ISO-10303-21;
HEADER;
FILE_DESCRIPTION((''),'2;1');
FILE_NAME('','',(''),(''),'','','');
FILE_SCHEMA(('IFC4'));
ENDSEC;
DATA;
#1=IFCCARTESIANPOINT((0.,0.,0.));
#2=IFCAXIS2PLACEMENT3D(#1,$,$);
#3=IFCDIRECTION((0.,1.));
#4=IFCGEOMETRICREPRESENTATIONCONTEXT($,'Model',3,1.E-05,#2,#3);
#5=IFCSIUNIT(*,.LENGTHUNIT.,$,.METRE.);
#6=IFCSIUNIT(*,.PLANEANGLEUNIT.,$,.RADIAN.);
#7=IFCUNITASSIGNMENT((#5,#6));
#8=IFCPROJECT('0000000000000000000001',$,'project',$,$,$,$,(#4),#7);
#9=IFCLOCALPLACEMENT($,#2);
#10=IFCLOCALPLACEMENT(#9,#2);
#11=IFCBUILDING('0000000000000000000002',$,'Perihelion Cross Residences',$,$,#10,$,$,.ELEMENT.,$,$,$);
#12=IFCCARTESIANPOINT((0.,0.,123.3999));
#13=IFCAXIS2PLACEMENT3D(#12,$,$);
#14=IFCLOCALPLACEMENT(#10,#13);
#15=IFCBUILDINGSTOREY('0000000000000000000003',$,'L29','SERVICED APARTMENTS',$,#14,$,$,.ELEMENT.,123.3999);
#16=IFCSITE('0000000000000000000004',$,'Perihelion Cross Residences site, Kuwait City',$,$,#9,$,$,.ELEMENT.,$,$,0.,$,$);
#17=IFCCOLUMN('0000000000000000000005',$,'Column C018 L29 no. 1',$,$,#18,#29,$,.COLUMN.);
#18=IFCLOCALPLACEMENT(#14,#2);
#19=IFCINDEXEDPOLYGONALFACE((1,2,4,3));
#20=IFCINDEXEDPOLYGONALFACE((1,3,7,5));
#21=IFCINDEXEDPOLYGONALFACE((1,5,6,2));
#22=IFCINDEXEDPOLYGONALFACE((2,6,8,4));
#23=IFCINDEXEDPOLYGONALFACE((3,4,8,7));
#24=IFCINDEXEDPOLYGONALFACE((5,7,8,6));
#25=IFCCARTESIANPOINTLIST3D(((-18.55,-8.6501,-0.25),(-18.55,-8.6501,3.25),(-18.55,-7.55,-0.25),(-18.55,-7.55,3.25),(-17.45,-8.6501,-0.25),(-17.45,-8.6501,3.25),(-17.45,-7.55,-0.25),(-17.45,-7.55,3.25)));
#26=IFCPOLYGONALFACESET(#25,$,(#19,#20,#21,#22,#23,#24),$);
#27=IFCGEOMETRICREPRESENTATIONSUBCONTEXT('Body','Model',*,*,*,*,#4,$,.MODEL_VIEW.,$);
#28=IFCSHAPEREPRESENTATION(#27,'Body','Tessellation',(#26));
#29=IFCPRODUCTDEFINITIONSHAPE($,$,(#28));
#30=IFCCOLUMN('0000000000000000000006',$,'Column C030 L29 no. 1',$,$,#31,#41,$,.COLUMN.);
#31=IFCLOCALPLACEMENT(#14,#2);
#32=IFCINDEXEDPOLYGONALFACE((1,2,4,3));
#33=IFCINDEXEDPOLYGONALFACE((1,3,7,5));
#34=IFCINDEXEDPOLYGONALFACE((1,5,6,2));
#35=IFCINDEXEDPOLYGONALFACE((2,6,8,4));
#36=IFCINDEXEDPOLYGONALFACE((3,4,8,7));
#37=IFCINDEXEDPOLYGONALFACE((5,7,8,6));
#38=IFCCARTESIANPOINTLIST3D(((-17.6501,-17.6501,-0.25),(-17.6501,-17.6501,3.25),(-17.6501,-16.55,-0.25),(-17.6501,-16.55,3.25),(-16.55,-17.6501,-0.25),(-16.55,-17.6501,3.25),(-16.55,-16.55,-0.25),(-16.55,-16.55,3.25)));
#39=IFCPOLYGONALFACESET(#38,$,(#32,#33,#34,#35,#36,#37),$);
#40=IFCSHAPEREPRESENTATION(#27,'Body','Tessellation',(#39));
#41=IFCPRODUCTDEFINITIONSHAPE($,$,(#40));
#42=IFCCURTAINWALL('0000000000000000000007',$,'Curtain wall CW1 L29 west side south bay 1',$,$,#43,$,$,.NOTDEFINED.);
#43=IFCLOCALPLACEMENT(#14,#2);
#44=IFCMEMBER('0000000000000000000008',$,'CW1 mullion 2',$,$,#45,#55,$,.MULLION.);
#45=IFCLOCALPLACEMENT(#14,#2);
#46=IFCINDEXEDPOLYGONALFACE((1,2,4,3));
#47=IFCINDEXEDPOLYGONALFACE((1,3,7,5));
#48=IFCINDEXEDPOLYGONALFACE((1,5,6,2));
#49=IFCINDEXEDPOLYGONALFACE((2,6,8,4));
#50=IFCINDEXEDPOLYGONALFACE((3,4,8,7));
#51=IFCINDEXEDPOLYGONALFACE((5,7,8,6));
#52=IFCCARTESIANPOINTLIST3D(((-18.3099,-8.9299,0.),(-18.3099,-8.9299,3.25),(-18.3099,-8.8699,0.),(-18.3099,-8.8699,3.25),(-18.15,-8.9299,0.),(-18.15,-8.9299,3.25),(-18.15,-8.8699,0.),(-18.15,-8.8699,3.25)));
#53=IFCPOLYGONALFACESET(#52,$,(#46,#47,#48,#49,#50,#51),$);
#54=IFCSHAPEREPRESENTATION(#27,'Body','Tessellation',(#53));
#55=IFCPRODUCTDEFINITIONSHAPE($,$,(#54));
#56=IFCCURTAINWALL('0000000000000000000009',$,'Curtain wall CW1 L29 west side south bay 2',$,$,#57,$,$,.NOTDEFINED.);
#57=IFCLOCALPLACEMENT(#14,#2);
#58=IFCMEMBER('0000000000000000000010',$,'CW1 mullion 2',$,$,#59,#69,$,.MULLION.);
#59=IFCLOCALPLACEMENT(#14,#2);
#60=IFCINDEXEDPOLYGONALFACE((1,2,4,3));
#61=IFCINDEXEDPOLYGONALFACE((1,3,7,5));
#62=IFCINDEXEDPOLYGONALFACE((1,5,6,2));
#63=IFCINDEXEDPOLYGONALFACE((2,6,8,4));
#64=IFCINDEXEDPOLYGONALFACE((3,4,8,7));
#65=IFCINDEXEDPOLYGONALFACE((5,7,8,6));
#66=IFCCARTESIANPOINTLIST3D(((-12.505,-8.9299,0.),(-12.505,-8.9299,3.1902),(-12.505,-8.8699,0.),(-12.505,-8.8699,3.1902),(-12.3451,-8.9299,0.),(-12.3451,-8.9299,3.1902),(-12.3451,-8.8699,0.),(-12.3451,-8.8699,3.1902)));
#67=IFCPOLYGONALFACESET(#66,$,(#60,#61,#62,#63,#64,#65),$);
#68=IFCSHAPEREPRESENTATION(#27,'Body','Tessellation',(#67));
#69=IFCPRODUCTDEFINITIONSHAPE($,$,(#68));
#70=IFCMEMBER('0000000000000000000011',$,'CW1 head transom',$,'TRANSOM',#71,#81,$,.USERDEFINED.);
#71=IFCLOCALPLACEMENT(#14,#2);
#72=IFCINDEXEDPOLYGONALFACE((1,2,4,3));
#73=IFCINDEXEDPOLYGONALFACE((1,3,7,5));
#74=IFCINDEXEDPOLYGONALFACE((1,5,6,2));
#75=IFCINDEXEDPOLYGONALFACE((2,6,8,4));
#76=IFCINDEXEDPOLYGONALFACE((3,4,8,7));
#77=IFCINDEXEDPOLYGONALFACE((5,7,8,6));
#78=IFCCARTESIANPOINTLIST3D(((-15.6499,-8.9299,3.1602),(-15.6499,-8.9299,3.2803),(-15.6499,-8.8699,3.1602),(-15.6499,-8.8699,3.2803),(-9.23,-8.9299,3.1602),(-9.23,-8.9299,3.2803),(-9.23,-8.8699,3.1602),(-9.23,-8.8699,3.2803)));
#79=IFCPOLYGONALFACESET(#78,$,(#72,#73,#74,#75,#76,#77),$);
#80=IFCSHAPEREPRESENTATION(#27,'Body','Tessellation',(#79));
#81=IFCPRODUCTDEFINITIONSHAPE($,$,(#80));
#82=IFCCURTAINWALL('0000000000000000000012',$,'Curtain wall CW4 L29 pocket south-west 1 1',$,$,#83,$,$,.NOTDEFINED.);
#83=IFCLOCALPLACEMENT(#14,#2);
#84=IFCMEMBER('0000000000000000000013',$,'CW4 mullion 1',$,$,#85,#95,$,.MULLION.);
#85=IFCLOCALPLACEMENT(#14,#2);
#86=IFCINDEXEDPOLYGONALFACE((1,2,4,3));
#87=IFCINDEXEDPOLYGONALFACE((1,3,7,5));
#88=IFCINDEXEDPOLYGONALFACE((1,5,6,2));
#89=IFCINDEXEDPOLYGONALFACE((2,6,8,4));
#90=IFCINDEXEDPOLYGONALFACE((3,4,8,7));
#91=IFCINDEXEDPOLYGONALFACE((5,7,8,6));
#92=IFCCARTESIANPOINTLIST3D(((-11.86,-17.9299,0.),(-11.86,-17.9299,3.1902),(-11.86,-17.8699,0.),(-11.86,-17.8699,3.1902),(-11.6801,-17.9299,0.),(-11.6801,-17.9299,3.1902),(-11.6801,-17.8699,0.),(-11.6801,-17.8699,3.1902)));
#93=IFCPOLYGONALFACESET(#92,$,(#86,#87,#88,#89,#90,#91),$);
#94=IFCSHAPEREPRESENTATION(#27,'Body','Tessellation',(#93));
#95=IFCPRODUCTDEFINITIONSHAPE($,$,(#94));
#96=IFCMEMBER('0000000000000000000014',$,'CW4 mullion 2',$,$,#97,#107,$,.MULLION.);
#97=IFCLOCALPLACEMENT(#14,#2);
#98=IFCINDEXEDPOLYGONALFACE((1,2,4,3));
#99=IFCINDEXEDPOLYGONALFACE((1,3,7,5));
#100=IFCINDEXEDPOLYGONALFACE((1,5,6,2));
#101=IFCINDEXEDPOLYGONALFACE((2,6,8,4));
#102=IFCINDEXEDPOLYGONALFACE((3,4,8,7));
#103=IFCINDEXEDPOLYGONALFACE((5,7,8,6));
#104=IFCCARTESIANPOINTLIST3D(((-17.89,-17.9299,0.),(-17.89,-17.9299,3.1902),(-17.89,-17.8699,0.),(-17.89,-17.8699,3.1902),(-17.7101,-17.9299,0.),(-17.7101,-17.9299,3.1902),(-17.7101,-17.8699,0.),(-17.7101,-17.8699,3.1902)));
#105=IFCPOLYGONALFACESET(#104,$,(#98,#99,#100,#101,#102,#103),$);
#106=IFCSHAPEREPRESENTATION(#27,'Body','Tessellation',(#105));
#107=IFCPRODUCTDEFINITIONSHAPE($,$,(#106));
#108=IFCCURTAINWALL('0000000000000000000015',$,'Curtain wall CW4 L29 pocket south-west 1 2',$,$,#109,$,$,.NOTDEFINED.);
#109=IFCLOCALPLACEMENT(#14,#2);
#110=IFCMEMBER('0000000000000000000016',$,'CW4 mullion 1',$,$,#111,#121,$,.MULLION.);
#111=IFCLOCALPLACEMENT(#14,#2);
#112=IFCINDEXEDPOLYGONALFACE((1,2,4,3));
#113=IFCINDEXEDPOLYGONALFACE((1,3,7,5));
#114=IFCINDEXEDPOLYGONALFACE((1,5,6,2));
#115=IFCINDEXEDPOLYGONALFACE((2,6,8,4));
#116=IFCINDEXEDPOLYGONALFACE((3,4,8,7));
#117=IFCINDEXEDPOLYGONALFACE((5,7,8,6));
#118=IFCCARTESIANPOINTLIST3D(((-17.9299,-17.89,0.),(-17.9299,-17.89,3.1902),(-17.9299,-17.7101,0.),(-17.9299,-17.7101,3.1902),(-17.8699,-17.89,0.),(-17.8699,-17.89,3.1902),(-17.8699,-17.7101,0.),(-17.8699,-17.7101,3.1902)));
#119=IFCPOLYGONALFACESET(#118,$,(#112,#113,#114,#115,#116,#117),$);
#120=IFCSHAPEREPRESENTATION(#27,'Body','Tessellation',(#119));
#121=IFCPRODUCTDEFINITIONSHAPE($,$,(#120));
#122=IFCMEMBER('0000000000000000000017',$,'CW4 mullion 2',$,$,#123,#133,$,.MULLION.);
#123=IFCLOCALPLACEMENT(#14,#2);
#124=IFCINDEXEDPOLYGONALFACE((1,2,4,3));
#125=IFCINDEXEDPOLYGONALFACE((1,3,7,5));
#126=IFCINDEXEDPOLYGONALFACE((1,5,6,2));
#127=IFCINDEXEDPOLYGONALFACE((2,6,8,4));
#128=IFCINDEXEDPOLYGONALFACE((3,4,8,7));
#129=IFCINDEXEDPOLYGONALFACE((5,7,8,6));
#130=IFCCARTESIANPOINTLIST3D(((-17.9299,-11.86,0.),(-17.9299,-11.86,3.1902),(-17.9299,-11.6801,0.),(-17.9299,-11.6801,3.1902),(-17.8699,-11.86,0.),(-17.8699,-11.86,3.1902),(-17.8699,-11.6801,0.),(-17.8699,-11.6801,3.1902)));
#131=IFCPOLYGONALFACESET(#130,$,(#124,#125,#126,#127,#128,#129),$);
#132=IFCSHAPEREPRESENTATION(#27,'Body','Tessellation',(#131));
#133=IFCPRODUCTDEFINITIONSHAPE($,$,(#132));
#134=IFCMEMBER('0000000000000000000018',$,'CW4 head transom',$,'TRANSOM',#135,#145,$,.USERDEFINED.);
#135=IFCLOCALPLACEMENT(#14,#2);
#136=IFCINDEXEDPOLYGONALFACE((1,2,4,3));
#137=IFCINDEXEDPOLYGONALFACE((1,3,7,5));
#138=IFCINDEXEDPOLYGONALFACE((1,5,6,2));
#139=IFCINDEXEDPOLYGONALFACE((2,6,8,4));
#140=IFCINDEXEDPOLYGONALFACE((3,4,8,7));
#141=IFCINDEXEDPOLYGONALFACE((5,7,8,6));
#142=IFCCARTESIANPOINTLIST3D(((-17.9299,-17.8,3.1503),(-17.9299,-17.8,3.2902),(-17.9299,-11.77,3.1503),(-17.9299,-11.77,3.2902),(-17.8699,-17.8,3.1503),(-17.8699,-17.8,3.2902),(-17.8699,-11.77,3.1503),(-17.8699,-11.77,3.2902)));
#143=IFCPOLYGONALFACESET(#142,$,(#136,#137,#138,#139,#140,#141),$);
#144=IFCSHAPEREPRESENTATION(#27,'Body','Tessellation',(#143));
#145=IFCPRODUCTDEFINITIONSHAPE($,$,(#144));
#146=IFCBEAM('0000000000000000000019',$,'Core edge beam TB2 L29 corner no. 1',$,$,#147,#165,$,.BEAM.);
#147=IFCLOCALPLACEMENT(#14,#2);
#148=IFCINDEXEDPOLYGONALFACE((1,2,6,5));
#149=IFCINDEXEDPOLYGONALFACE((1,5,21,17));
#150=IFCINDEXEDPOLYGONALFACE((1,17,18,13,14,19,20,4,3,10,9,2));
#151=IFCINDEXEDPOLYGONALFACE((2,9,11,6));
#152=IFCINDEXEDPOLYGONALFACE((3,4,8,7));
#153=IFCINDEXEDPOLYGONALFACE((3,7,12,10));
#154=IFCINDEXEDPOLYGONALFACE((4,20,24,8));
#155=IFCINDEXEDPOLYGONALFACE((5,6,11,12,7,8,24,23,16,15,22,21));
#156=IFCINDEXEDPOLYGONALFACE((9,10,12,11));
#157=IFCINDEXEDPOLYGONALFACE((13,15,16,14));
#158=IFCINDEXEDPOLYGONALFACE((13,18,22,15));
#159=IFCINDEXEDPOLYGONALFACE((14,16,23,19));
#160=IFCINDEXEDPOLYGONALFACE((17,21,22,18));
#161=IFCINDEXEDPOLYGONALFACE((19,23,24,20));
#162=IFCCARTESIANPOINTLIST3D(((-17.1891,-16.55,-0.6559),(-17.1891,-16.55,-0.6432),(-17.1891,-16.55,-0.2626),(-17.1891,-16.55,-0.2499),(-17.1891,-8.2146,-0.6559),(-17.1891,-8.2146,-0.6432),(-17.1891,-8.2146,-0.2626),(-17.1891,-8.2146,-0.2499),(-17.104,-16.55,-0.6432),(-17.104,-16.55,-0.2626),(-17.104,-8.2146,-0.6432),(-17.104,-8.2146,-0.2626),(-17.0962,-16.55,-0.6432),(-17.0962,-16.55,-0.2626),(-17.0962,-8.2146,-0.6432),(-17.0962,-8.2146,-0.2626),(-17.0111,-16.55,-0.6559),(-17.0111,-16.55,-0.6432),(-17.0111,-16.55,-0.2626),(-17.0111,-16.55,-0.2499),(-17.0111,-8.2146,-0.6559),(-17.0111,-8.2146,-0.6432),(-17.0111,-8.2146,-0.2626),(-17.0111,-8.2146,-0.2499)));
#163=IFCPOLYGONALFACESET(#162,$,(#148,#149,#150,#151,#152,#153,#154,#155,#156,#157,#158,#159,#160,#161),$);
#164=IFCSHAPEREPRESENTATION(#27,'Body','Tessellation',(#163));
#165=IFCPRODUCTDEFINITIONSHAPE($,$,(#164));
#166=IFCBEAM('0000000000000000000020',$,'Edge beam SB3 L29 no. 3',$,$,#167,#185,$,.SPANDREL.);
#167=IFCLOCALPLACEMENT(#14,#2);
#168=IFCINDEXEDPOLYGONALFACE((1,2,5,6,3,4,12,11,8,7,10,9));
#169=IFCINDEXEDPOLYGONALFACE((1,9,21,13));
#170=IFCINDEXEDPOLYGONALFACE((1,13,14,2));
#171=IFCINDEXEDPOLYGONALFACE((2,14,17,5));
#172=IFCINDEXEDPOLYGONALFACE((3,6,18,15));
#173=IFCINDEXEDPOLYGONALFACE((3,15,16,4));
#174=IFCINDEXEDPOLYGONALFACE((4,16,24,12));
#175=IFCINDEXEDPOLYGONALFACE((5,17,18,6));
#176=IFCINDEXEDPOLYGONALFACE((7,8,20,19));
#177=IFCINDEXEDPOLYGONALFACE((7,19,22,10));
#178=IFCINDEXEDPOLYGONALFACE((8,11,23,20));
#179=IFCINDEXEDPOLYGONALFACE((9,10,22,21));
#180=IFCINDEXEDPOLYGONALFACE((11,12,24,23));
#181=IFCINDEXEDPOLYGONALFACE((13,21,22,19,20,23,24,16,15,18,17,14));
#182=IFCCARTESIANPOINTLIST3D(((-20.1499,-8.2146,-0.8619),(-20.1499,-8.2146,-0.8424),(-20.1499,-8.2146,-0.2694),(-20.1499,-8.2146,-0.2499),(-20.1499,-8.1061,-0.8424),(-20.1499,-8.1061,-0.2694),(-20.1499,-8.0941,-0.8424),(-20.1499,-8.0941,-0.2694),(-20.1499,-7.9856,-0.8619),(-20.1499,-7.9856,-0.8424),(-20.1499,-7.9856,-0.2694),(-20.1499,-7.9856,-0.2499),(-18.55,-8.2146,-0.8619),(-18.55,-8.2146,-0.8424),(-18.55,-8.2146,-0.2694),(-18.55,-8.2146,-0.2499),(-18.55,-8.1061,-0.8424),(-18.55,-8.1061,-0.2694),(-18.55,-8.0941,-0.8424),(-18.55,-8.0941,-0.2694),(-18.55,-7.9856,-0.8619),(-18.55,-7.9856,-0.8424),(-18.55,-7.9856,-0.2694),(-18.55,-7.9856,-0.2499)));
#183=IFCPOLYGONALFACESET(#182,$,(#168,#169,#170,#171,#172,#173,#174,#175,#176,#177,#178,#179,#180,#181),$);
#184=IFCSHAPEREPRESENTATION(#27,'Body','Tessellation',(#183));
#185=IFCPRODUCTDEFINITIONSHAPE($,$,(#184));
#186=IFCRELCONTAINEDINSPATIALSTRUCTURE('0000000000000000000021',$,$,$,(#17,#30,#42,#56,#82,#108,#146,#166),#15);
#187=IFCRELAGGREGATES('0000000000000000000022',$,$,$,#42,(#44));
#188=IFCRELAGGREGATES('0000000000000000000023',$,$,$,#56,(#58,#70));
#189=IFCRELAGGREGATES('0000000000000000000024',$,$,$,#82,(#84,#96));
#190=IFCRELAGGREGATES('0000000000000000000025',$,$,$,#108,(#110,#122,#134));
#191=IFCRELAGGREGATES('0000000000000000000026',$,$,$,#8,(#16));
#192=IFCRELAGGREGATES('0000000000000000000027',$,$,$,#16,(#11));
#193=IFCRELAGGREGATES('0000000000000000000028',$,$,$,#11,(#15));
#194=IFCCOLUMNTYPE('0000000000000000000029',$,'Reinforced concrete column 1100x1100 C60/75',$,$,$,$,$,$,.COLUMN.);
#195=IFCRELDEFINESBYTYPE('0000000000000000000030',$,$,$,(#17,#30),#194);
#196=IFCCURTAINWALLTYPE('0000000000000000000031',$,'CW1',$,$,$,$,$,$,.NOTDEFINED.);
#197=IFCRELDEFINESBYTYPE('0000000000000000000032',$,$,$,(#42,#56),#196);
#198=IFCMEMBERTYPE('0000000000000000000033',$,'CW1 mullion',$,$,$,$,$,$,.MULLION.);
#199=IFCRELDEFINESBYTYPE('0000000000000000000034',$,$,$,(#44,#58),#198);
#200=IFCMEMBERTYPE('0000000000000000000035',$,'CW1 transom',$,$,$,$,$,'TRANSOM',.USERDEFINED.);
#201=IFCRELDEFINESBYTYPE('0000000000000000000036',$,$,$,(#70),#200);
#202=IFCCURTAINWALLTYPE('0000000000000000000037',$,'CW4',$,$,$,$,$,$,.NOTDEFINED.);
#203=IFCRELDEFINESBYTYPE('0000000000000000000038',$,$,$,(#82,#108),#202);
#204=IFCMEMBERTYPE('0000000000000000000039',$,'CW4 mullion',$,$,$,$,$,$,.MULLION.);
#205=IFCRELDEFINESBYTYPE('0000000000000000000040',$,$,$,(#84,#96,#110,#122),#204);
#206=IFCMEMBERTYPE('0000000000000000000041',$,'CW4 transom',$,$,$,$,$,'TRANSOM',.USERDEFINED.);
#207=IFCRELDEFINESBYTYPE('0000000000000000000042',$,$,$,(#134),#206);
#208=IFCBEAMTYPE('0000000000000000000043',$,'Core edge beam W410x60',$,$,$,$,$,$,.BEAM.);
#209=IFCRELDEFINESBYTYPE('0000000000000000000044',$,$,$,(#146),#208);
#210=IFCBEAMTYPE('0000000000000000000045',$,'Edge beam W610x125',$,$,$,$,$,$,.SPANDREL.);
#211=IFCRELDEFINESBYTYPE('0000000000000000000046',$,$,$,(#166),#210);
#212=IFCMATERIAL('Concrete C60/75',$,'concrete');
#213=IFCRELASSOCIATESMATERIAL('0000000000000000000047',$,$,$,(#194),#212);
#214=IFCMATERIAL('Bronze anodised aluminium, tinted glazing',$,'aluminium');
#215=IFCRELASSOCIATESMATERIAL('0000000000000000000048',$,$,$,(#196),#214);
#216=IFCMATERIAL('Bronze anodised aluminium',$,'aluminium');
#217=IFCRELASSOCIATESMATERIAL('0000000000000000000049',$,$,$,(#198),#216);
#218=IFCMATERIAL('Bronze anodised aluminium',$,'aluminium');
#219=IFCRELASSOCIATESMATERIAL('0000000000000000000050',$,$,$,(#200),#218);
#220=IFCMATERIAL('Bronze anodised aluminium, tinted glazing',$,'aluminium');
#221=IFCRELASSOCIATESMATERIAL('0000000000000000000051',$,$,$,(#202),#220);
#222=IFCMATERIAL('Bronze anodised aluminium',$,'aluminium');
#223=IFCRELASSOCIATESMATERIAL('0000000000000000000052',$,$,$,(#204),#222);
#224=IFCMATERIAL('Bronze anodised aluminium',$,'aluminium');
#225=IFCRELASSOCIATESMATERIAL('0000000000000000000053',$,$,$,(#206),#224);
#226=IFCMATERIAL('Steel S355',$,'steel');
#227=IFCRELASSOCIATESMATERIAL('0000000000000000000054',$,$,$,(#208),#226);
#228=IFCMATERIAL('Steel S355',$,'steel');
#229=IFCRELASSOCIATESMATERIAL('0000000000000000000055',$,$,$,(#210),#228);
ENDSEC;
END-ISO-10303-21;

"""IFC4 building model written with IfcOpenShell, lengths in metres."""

from ifc_helpers import new_model, si_unit, direction, frame, origin, origin_2d, place, context, subcontext, project, spatial, rectangle, i_section, extrude, material, material_profile, profile_set, type_object, element, aggregate, save


model = new_model("IFC4")

# Units and contexts
model_context = context("Model", 3, precision=1e-05, world=origin(), true_north=direction((0.0, 1.0)))
body_context = subcontext(model_context, "Body", "Model", "MODEL_VIEW")
ifc_project = project(units=[si_unit("LENGTHUNIT", "METRE"), si_unit("PLANEANGLEUNIT", "RADIAN")], contexts=[model_context])

# Site, building, storey
site_placement = place(None, origin())
site = spatial("IfcSite", under=ifc_project, at=site_placement, Name="Perihelion Cross Residences site, Kuwait City", CompositionType="ELEMENT", RefElevation=0.0)
building_placement = place(site_placement, origin())
building = spatial("IfcBuilding", under=site, at=building_placement, Name="Perihelion Cross Residences", CompositionType="ELEMENT")
storey_placement = place(building_placement, frame((0.0, 0.0, 123.3999)))
storey = spatial("IfcBuildingStorey", under=building, at=storey_placement, Name="L29", Description="SERVICED APARTMENTS", CompositionType="ELEMENT", Elevation=123.3999)

# Columns
ifc_material_1 = material(Name="Concrete C60/75", Category="concrete")
ifc_material_profile_1 = material_profile(ifc_material_1, rectangle(XDim=1.1001, YDim=1.1001, at=origin_2d()), Name="RC 1100x1100")
ifc_profile_set_1 = profile_set([ifc_material_profile_1], Name="Concrete C60/75")
column_type = type_object("IfcColumnType", Name="Reinforced concrete column 1100x1100 C60/75", PredefinedType="COLUMN", material=ifc_profile_set_1)
for number, where, z_axis, x_axis, name in (
    (1, (-18.0, -8.1001, -0.25), (0.0, 0.0, 1.0), (1.0, 0.0, 0.0), "Column C018 L29 no. 1"),
    (2, (-17.1001, -17.1001, -0.25), (0.0, 0.0, 1.0), (1.0, 0.0, 0.0), "Column C030 L29 no. 1"),
):
    element("IfcColumn", number, at=place(storey_placement, frame(where, z_axis=z_axis, x_axis=x_axis)), inside=storey, type_object=column_type, Name=name, PredefinedType="COLUMN", context=body_context, shape_type="SweptSolid", body=[
        extrude(rectangle(XDim=1.1001, YDim=1.1001, at=origin_2d()), origin(), (0.0, 0.0, 1.0), 3.5),
    ])

# Curtain wall, member
ifc_material_2 = material(Name="Bronze anodised aluminium, tinted glazing", Category="aluminium")
curtain_wall_type_1 = type_object("IfcCurtainWallType", Name="CW1", PredefinedType="NOTDEFINED", material=ifc_material_2)
curtain_wall_1_placement = place(storey_placement, origin())
curtain_wall_1 = element("IfcCurtainWall", 3, at=curtain_wall_1_placement, inside=storey, type_object=curtain_wall_type_1, Name="Curtain wall CW1 L29 west side south bay 1", PredefinedType="NOTDEFINED")
ifc_material_3 = material(Name="Bronze anodised aluminium", Category="aluminium")
ifc_material_profile_2 = material_profile(ifc_material_3, rectangle(XDim=0.0601, YDim=0.1599, at=origin_2d()), Name="CW1 mullion")
ifc_profile_set_2 = profile_set([ifc_material_profile_2], Name="Bronze anodised aluminium")
member_type_1 = type_object("IfcMemberType", Name="CW1 mullion", PredefinedType="MULLION", material=ifc_profile_set_2)
member_1_placement = place(storey_placement, frame((-18.23, -8.8999, 0.0), z_axis=(0.0, 0.0, 1.0), x_axis=(0.0, 1.0, 0.0)))
member_1 = element("IfcMember", 4, at=member_1_placement, type_object=member_type_1, Name="CW1 mullion 2", PredefinedType="MULLION", context=body_context, shape_type="SweptSolid", body=[
    extrude(rectangle(XDim=0.0601, YDim=0.1599, at=origin_2d()), origin(), (0.0, 0.0, 1.0), 3.25),
])

# Curtain walls, members
curtain_wall_2_placement = place(storey_placement, origin())
curtain_wall_2 = element("IfcCurtainWall", 5, at=curtain_wall_2_placement, inside=storey, type_object=curtain_wall_type_1, Name="Curtain wall CW1 L29 west side south bay 2", PredefinedType="NOTDEFINED")
member_2_placement = place(storey_placement, frame((-12.425, -8.8999, 0.0), z_axis=(0.0, 0.0, 1.0), x_axis=(0.0, 1.0, 0.0)))
member_2 = element("IfcMember", 6, at=member_2_placement, type_object=member_type_1, Name="CW1 mullion 2", PredefinedType="MULLION", context=body_context, shape_type="SweptSolid", body=[
    extrude(rectangle(XDim=0.0601, YDim=0.1599, at=origin_2d()), origin(), (0.0, 0.0, 1.0), 3.1902),
])
ifc_material_4 = material(Name="Bronze anodised aluminium", Category="aluminium")
ifc_material_profile_3 = material_profile(ifc_material_4, rectangle(XDim=0.0601, YDim=0.1201, at=origin_2d()), Name="CW1 transom")
ifc_profile_set_3 = profile_set([ifc_material_profile_3], Name="Bronze anodised aluminium")
member_type_2 = type_object("IfcMemberType", Name="CW1 transom", ElementType="TRANSOM", PredefinedType="USERDEFINED", material=ifc_profile_set_3)
member_3_placement = place(storey_placement, frame((-15.6499, -8.8999, 3.2202), z_axis=(1.0, 0.0, 0.0), x_axis=(0.0, 1.0, 0.0)))
member_3 = element("IfcMember", 7, at=member_3_placement, type_object=member_type_2, Name="CW1 head transom", ObjectType="TRANSOM", PredefinedType="USERDEFINED", context=body_context, shape_type="SweptSolid", body=[
    extrude(rectangle(XDim=0.0601, YDim=0.1201, at=origin_2d()), origin(), (0.0, 0.0, 1.0), 6.4199),
])
ifc_material_5 = material(Name="Bronze anodised aluminium, tinted glazing", Category="aluminium")
curtain_wall_type_2 = type_object("IfcCurtainWallType", Name="CW4", PredefinedType="NOTDEFINED", material=ifc_material_5)
curtain_wall_3_placement = place(storey_placement, origin())
curtain_wall_3 = element("IfcCurtainWall", 8, at=curtain_wall_3_placement, inside=storey, type_object=curtain_wall_type_2, Name="Curtain wall CW4 L29 pocket south-west 1 1", PredefinedType="NOTDEFINED")
ifc_material_6 = material(Name="Bronze anodised aluminium", Category="aluminium")
ifc_material_profile_4 = material_profile(ifc_material_6, rectangle(XDim=0.0601, YDim=0.1799, at=origin_2d()), Name="CW4 mullion")
ifc_profile_set_4 = profile_set([ifc_material_profile_4], Name="Bronze anodised aluminium")
member_type_3 = type_object("IfcMemberType", Name="CW4 mullion", PredefinedType="MULLION", material=ifc_profile_set_4)
member_4_placement = place(storey_placement, frame((-11.77, -17.8999, 0.0), z_axis=(0.0, 0.0, 1.0), x_axis=(0.0, -1.0, 0.0)))
member_4 = element("IfcMember", 9, at=member_4_placement, type_object=member_type_3, Name="CW4 mullion 1", PredefinedType="MULLION", context=body_context, shape_type="SweptSolid", body=[
    extrude(rectangle(XDim=0.0601, YDim=0.1799, at=origin_2d()), origin(), (0.0, 0.0, 1.0), 3.1902),
])
member_5_placement = place(storey_placement, frame((-17.8, -17.8999, 0.0), z_axis=(0.0, 0.0, 1.0), x_axis=(0.0, -1.0, 0.0)))
member_5 = element("IfcMember", 10, at=member_5_placement, type_object=member_type_3, Name="CW4 mullion 2", PredefinedType="MULLION", context=body_context, shape_type="SweptSolid", body=[
    extrude(rectangle(XDim=0.0601, YDim=0.1799, at=origin_2d()), origin(), (0.0, 0.0, 1.0), 3.1902),
])
curtain_wall_4_placement = place(storey_placement, origin())
curtain_wall_4 = element("IfcCurtainWall", 11, at=curtain_wall_4_placement, inside=storey, type_object=curtain_wall_type_2, Name="Curtain wall CW4 L29 pocket south-west 1 2", PredefinedType="NOTDEFINED")
member_6_placement = place(storey_placement, frame((-17.8999, -17.8, 0.0), z_axis=(0.0, 0.0, 1.0), x_axis=(-1.0, 0.0, 0.0)))
member_6 = element("IfcMember", 12, at=member_6_placement, type_object=member_type_3, Name="CW4 mullion 1", PredefinedType="MULLION", context=body_context, shape_type="SweptSolid", body=[
    extrude(rectangle(XDim=0.0601, YDim=0.1799, at=origin_2d()), origin(), (0.0, 0.0, 1.0), 3.1902),
])
member_7_placement = place(storey_placement, frame((-17.8999, -11.77, 0.0), z_axis=(0.0, 0.0, 1.0), x_axis=(-1.0, 0.0, 0.0)))
member_7 = element("IfcMember", 13, at=member_7_placement, type_object=member_type_3, Name="CW4 mullion 2", PredefinedType="MULLION", context=body_context, shape_type="SweptSolid", body=[
    extrude(rectangle(XDim=0.0601, YDim=0.1799, at=origin_2d()), origin(), (0.0, 0.0, 1.0), 3.1902),
])
ifc_material_7 = material(Name="Bronze anodised aluminium", Category="aluminium")
ifc_material_profile_5 = material_profile(ifc_material_7, rectangle(XDim=0.0601, YDim=0.1399, at=origin_2d()), Name="CW4 transom")
ifc_profile_set_5 = profile_set([ifc_material_profile_5], Name="Bronze anodised aluminium")
member_type_4 = type_object("IfcMemberType", Name="CW4 transom", ElementType="TRANSOM", PredefinedType="USERDEFINED", material=ifc_profile_set_5)
member_8_placement = place(storey_placement, frame((-17.8999, -17.8, 3.2202), z_axis=(0.0, 1.0, 0.0), x_axis=(-1.0, 0.0, 0.0)))
member_8 = element("IfcMember", 14, at=member_8_placement, type_object=member_type_4, Name="CW4 head transom", ObjectType="TRANSOM", PredefinedType="USERDEFINED", context=body_context, shape_type="SweptSolid", body=[
    extrude(rectangle(XDim=0.0601, YDim=0.1399, at=origin_2d()), origin(), (0.0, 0.0, 1.0), 6.03),
])

# Beams
ifc_material_8 = material(Name="Steel S355", Category="steel")
ifc_material_profile_6 = material_profile(ifc_material_8, i_section(OverallWidth=0.178, OverallDepth=0.406, WebThickness=0.0078, FlangeThickness=0.0127, at=origin_2d()), Name="W410x60")
ifc_profile_set_6 = profile_set([ifc_material_profile_6], Name="Steel S355")
beam_type_1 = type_object("IfcBeamType", Name="Core edge beam W410x60", PredefinedType="BEAM", material=ifc_profile_set_6)
beam_1_placement = place(storey_placement, frame((-17.1001, -8.2146, -0.4529), z_axis=(0.0, -1.0, 0.0), x_axis=(1.0, 0.0, 0.0)))
element("IfcBeam", 15, at=beam_1_placement, inside=storey, type_object=beam_type_1, Name="Core edge beam TB2 L29 corner no. 1", PredefinedType="BEAM", context=body_context, shape_type="SweptSolid", body=[
    extrude(i_section(OverallWidth=0.178, OverallDepth=0.406, WebThickness=0.0078, FlangeThickness=0.0127, at=origin_2d()), origin(), (0.0, 0.0, 1.0), 8.3354),
])
ifc_material_9 = material(Name="Steel S355", Category="steel")
ifc_material_profile_7 = material_profile(ifc_material_9, i_section(OverallWidth=0.229, OverallDepth=0.6121, WebThickness=0.012, FlangeThickness=0.0195, at=origin_2d()), Name="W610x125")
ifc_profile_set_7 = profile_set([ifc_material_profile_7], Name="Steel S355")
beam_type_2 = type_object("IfcBeamType", Name="Edge beam W610x125", PredefinedType="SPANDREL", material=ifc_profile_set_7)
beam_2_placement = place(storey_placement, frame((-20.1499, -8.1001, -0.5559), z_axis=(1.0, 0.0, 0.0), x_axis=(0.0, 1.0, 0.0)))
element("IfcBeam", 16, at=beam_2_placement, inside=storey, type_object=beam_type_2, Name="Edge beam SB3 L29 no. 3", PredefinedType="SPANDREL", context=body_context, shape_type="SweptSolid", body=[
    extrude(i_section(OverallWidth=0.229, OverallDepth=0.6121, WebThickness=0.012, FlangeThickness=0.0195, at=origin_2d()), origin(), (0.0, 0.0, 1.0), 1.5999),
])

aggregate(curtain_wall_1, [member_1])
aggregate(curtain_wall_2, [member_2, member_3])
aggregate(curtain_wall_3, [member_4, member_5])
aggregate(curtain_wall_4, [member_6, member_7, member_8])

save(model, "model.ifc")
